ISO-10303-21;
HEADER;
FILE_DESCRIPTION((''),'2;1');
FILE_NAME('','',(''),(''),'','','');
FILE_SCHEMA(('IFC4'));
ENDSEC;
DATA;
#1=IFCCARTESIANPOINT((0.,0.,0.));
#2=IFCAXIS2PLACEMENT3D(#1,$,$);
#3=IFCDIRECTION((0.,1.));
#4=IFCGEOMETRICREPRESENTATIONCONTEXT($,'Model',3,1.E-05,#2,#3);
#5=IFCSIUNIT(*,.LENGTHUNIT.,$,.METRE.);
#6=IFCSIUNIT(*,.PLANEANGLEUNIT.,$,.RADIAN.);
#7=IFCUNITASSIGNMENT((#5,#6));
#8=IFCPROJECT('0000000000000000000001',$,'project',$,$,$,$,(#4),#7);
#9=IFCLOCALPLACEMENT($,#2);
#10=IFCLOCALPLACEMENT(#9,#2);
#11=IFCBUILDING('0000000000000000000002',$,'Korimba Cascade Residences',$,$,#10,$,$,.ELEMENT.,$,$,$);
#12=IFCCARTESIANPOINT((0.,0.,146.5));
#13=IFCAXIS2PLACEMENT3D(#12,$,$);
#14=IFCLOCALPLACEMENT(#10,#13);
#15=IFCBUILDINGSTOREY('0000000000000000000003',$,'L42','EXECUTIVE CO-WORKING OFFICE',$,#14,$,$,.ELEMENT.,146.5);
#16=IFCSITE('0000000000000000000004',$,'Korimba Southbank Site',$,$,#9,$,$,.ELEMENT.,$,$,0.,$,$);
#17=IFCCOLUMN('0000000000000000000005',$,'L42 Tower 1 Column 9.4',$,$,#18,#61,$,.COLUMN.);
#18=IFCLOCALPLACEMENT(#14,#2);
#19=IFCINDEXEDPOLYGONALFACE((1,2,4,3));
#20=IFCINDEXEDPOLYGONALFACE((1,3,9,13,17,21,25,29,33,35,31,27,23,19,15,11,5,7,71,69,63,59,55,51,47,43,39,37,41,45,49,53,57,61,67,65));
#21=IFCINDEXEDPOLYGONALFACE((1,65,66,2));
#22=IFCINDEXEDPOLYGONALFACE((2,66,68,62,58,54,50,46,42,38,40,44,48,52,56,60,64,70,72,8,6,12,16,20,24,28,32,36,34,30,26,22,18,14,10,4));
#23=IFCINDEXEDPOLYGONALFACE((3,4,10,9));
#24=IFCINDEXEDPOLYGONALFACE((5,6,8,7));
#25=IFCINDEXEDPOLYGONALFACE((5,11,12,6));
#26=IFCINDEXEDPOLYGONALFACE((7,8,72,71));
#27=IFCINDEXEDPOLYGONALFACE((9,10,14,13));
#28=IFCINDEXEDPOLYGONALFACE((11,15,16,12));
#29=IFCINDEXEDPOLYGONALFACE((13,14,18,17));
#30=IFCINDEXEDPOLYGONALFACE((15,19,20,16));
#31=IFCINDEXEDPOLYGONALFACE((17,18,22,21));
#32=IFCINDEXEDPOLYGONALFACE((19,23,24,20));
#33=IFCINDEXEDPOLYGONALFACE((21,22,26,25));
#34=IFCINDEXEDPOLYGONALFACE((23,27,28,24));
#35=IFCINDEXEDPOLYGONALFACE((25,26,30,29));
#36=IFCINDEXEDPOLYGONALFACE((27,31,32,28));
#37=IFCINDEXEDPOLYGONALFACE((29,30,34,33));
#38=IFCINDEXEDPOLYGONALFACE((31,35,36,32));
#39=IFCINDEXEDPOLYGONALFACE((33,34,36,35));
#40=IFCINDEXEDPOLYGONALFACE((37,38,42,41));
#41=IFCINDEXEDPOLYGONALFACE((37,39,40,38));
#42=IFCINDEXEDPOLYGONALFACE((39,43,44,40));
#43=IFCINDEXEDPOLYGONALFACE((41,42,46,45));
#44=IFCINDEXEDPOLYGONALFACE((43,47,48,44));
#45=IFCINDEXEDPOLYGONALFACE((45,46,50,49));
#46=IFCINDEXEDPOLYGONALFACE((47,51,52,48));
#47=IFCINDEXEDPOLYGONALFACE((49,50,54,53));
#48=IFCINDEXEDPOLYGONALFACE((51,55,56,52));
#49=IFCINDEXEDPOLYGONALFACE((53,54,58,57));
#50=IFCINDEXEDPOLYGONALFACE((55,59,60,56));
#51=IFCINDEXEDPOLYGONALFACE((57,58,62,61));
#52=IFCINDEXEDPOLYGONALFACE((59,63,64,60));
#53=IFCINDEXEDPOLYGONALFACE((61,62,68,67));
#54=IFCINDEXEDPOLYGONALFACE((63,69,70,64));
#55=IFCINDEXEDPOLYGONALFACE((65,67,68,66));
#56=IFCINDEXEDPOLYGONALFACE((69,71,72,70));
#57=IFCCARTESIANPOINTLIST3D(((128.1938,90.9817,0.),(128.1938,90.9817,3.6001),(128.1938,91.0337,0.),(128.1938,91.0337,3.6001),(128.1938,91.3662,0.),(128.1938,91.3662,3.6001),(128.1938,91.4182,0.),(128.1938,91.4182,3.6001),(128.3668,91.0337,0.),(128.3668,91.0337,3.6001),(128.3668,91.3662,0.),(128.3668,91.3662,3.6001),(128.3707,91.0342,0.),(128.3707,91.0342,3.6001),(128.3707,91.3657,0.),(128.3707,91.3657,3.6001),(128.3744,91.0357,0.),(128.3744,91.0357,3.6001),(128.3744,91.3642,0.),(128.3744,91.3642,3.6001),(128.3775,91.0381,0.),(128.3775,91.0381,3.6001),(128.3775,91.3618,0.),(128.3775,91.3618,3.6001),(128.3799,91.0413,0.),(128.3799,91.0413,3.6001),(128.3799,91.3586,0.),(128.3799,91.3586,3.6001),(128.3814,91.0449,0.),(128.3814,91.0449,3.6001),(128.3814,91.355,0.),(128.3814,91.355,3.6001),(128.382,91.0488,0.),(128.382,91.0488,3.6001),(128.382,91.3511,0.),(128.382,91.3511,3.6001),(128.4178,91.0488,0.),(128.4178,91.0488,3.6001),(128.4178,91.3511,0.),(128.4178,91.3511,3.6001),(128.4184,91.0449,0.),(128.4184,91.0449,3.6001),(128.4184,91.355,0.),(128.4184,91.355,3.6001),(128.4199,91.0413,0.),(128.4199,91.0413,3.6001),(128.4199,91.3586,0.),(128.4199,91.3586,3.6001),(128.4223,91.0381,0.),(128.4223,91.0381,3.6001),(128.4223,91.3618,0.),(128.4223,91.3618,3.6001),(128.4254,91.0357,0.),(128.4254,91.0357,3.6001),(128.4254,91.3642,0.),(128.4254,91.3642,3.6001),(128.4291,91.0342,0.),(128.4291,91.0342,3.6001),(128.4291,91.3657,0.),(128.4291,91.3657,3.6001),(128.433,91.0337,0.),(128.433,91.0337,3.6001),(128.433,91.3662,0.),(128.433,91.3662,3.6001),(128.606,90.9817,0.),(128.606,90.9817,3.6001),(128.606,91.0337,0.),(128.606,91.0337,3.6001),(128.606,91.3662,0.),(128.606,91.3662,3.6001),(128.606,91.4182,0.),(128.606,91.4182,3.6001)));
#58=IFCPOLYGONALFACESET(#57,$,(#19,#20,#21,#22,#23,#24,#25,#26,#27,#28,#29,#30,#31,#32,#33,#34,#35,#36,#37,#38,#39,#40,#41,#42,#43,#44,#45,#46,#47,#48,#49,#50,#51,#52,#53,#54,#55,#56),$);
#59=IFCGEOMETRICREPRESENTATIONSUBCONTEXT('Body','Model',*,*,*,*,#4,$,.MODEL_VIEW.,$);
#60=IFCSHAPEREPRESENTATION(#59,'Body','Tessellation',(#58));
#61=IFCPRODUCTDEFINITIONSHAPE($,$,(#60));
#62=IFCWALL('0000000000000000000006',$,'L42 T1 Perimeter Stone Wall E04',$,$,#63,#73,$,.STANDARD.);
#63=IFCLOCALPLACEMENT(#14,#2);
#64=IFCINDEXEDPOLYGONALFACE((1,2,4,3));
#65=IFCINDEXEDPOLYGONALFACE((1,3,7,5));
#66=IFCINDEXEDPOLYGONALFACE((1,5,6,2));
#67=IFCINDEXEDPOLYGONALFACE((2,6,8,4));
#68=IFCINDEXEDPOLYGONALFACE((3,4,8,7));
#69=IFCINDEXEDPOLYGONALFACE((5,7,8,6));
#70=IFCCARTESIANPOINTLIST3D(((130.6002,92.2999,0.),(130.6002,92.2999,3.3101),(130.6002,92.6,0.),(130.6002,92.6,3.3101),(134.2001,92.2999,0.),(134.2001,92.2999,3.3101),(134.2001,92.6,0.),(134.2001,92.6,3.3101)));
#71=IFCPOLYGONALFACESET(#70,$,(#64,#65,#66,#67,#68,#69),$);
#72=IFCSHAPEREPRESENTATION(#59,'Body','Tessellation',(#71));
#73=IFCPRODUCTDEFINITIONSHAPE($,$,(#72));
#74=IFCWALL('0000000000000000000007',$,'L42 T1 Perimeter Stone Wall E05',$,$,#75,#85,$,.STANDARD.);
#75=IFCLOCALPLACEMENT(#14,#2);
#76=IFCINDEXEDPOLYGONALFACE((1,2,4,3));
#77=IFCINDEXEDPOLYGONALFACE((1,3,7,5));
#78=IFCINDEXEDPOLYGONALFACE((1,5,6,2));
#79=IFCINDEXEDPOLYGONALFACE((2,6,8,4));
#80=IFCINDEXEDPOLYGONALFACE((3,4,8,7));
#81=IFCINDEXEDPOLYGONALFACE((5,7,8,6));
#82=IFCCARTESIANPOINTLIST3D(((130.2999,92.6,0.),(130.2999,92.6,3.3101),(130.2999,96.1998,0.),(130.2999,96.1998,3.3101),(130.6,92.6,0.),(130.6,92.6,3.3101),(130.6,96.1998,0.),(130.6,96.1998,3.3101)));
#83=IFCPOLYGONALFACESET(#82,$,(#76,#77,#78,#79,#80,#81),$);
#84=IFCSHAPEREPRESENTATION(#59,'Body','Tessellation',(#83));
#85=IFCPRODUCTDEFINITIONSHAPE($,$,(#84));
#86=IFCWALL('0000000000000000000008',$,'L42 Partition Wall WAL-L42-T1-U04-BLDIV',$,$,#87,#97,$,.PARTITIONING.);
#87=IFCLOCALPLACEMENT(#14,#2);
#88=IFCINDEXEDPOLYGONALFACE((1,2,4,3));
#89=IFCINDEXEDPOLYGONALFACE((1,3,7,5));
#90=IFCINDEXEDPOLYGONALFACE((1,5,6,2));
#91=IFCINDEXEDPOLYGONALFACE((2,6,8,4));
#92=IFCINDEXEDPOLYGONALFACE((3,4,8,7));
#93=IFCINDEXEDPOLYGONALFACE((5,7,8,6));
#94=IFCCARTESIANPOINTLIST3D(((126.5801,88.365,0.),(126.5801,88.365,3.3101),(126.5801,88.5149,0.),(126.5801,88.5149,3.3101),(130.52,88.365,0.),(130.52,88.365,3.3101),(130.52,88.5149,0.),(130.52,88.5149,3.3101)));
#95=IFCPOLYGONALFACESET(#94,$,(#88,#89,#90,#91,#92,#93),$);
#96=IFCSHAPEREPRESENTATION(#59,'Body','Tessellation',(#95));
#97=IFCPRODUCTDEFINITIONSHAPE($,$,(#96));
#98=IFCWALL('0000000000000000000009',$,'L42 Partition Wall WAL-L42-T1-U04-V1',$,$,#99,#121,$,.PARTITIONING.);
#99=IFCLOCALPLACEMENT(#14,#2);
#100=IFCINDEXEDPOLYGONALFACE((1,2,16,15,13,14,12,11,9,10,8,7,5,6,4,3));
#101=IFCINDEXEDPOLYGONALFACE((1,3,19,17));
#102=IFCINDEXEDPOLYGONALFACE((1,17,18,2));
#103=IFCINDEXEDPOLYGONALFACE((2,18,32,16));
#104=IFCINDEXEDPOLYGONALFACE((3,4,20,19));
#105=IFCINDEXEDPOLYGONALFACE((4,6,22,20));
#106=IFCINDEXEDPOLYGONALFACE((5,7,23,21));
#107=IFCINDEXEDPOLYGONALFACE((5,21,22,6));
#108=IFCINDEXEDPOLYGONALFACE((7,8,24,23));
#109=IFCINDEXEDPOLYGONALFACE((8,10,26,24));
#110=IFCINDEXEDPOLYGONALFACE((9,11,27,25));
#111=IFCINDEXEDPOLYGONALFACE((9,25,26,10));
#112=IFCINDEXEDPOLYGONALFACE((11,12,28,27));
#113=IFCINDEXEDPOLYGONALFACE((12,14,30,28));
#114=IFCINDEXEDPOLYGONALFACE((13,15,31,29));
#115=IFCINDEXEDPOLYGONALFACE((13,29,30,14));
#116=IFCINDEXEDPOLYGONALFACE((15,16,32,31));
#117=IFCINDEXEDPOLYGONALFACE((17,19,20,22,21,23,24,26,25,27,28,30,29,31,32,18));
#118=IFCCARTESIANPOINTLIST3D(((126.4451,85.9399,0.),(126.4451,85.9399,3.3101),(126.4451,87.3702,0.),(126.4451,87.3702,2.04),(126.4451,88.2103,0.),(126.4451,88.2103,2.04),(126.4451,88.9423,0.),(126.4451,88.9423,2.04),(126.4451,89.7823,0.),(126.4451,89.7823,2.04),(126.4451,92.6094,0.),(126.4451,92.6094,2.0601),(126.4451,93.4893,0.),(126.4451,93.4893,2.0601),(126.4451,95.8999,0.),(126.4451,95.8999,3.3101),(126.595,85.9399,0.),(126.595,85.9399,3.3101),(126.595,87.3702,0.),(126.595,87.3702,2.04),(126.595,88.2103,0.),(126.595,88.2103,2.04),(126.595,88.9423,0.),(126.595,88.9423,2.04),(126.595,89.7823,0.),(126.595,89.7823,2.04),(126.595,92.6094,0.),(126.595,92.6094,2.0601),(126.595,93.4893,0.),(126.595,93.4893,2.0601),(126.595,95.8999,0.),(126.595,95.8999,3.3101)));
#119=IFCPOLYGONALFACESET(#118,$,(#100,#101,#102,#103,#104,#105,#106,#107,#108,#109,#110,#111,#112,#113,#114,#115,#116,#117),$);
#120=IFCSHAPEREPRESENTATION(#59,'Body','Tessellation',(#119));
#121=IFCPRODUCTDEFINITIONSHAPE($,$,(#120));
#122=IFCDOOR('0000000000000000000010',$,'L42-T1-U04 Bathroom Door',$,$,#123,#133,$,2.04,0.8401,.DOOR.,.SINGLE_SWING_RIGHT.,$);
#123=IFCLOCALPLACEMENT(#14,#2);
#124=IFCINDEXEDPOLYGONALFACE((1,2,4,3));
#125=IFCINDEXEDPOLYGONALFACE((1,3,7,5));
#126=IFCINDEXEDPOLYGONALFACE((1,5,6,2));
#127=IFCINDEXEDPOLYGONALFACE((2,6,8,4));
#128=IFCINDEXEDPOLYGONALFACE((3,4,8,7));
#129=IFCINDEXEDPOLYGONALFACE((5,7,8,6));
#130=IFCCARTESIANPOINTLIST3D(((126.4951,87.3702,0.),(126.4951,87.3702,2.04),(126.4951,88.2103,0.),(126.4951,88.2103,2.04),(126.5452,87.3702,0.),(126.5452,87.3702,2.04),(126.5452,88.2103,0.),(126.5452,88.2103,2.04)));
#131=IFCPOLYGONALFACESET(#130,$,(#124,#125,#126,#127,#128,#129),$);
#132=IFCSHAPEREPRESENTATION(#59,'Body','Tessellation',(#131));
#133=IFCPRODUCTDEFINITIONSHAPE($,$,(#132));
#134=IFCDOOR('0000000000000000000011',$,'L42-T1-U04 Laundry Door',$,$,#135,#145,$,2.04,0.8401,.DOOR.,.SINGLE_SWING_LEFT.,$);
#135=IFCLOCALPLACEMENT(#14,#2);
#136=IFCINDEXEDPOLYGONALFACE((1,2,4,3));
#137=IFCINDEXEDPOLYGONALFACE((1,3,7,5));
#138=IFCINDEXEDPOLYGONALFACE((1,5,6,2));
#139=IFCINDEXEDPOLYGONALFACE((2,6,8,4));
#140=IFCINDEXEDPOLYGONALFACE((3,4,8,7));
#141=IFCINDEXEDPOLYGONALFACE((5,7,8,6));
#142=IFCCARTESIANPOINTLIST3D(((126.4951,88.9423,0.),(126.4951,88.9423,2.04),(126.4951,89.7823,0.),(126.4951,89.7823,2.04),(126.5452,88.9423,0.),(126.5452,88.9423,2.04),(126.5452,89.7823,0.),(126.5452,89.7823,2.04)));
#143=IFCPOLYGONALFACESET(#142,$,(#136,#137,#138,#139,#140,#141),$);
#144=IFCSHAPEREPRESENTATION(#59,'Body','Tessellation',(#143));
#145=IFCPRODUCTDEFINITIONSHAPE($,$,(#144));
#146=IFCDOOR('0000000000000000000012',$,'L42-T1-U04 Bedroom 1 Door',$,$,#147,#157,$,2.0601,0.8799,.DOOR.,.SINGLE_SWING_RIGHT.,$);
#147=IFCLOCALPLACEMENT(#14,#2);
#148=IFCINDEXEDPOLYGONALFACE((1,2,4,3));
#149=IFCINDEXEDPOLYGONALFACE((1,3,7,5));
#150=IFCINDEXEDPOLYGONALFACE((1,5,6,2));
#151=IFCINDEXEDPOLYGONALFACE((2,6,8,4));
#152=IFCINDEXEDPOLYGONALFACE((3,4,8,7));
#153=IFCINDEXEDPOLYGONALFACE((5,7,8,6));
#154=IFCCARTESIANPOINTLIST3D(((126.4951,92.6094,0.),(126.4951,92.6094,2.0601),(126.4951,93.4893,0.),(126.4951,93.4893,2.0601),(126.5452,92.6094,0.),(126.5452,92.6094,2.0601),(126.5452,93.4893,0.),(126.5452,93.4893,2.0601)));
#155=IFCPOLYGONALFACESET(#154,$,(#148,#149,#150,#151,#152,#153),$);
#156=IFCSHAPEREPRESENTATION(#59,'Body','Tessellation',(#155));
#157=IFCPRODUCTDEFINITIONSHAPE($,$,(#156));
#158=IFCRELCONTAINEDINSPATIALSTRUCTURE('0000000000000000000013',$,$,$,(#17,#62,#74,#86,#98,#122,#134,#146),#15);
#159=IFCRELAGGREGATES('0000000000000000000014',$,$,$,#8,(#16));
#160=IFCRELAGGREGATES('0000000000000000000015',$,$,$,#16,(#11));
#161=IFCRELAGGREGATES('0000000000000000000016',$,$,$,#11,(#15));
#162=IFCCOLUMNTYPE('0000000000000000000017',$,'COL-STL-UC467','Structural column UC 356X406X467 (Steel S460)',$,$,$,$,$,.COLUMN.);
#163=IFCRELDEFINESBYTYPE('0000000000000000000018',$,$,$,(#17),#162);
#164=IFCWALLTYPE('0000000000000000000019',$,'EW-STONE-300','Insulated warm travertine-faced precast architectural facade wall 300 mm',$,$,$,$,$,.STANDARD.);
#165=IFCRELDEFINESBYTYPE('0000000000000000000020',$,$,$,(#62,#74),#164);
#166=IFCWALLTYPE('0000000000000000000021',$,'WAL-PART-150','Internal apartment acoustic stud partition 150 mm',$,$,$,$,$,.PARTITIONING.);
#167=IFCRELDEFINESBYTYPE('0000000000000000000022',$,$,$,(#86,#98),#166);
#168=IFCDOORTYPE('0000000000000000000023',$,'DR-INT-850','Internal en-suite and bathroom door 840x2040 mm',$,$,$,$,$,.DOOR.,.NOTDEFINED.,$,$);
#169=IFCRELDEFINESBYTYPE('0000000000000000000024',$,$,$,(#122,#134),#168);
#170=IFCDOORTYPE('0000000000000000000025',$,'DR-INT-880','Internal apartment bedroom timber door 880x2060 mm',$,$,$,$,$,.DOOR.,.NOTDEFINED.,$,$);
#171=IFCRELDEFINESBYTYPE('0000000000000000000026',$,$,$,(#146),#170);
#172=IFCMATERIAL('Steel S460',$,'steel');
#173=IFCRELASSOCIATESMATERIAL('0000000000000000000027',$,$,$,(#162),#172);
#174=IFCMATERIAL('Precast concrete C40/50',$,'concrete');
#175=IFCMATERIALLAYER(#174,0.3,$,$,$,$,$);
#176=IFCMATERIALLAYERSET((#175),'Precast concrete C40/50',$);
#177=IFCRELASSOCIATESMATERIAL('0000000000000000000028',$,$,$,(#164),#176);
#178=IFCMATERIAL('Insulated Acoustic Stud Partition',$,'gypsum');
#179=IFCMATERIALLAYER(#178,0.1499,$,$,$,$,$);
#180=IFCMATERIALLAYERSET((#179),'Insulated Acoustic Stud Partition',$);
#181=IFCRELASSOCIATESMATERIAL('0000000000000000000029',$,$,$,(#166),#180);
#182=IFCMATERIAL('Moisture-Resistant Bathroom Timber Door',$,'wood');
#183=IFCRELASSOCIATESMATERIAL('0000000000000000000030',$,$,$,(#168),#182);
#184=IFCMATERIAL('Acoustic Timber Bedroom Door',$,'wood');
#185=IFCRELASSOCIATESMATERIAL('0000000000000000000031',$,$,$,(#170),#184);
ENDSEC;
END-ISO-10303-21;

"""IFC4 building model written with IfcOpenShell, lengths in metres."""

from ifc_helpers import new_model, si_unit, direction, frame, frame_2d, origin, origin_2d, place, context, subcontext, project, spatial, rectangle, i_section, extrude, material, layer, layer_set, material_profile, profile_set, type_object, element, fill, save


model = new_model("IFC4")

# Units and contexts
model_context = context("Model", 3, precision=1e-05, world=origin(), true_north=direction((0.0, 1.0)))
body_context = subcontext(model_context, "Body", "Model", "MODEL_VIEW")
ifc_project = project(units=[si_unit("LENGTHUNIT", "METRE"), si_unit("PLANEANGLEUNIT", "RADIAN")], contexts=[model_context])

# Site, building, storey
site_placement = place(None, origin())
site = spatial("IfcSite", under=ifc_project, at=site_placement, Name="Korimba Southbank Site", CompositionType="ELEMENT", RefElevation=0.0)
building_placement = place(site_placement, origin())
building = spatial("IfcBuilding", under=site, at=building_placement, Name="Korimba Cascade Residences", CompositionType="ELEMENT")
storey_placement = place(building_placement, frame((0.0, 0.0, 146.5)))
storey = spatial("IfcBuildingStorey", under=building, at=storey_placement, Name="L42", Description="EXECUTIVE CO-WORKING OFFICE", CompositionType="ELEMENT", Elevation=146.5)

# Column
ifc_material_1 = material(Name="Steel S460", Category="steel")
ifc_material_profile = material_profile(ifc_material_1, i_section(OverallWidth=0.4121, OverallDepth=0.4365, WebThickness=0.0359, FlangeThickness=0.052, FilletRadius=0.0151, at=origin_2d()), Name="Steel S460")
ifc_profile_set = profile_set([ifc_material_profile], Name="Steel S460")
column_type = type_object("IfcColumnType", Name="COL-STL-UC467", Description="Structural column UC 356X406X467 (Steel S460)", PredefinedType="COLUMN", material=ifc_profile_set)
column_placement = place(storey_placement, frame((128.3999, 91.2, 0.0), z_axis=(0.0, 0.0, 1.0), x_axis=(1.0, 0.0, 0.0)))
element("IfcColumn", 1, at=column_placement, inside=storey, type_object=column_type, Name="L42 Tower 1 Column 9.4", PredefinedType="COLUMN", context=body_context, shape_type="SweptSolid", body=[
    extrude(i_section(OverallWidth=0.4121, OverallDepth=0.4365, WebThickness=0.0359, FlangeThickness=0.052, FilletRadius=0.0151, at=origin_2d()), origin(), (0.0, 0.0, 1.0), 3.6001),
])

# Shared definitions
ifc_material_2 = material(Name="Precast concrete C40/50", Category="concrete")

# Walls
ifc_layer_1 = layer(ifc_material_2, 0.3)
ifc_layer_set_1 = layer_set([ifc_layer_1], Name="Precast concrete C40/50")
wall_type_1 = type_object("IfcWallType", Name="EW-STONE-300", Description="Insulated warm travertine-faced precast architectural facade wall 300 mm", PredefinedType="STANDARD", material=ifc_layer_set_1)
for number, where, z_axis, x_axis, name in (
    (2, (134.2, 92.45, 0.0), (0.0, 0.0, 1.0), (-1.0, 0.0, 0.0), "L42 T1 Perimeter Stone Wall E04"),
    (3, (130.45, 92.6001, 0.0), (0.0, 0.0, 1.0), (0.0, 1.0, 0.0), "L42 T1 Perimeter Stone Wall E05"),
):
    element("IfcWall", number, at=place(storey_placement, frame(where, z_axis=z_axis, x_axis=x_axis)), inside=storey, type_object=wall_type_1, Name=name, PredefinedType="STANDARD", context=body_context, shape_type="SweptSolid", body=[
        extrude(rectangle(XDim=3.5999, YDim=0.3, at=frame_2d((1.7998, 0.0))), origin(), (0.0, 0.0, 1.0), 3.3101),
    ])
ifc_material_3 = material(Name="Insulated Acoustic Stud Partition", Category="gypsum")
ifc_layer_2 = layer(ifc_material_3, 0.1499)
ifc_layer_set_2 = layer_set([ifc_layer_2], Name="Insulated Acoustic Stud Partition")
wall_type_2 = type_object("IfcWallType", Name="WAL-PART-150", Description="Internal apartment acoustic stud partition 150 mm", PredefinedType="PARTITIONING", material=ifc_layer_set_2)
wall_1_placement = place(storey_placement, frame((126.5801, 88.4399, 0.0), z_axis=(0.0, 0.0, 1.0), x_axis=(1.0, 0.0, 0.0)))
element("IfcWall", 4, at=wall_1_placement, inside=storey, type_object=wall_type_2, Name="L42 Partition Wall WAL-L42-T1-U04-BLDIV", PredefinedType="PARTITIONING", context=body_context, shape_type="SweptSolid", body=[
    extrude(rectangle(XDim=3.9399, YDim=0.1499, at=frame_2d((1.97, 0.0))), origin(), (0.0, 0.0, 1.0), 3.3101),
])

# Wall, openings, doors
wall_2_placement = place(storey_placement, frame((126.52, 85.9399, 0.0), z_axis=(0.0, 0.0, 1.0), x_axis=(0.0, 1.0, 0.0)))
wall_2 = element("IfcWall", 5, at=wall_2_placement, inside=storey, type_object=wall_type_2, Name="L42 Partition Wall WAL-L42-T1-U04-V1", PredefinedType="PARTITIONING", context=body_context, shape_type="SweptSolid", body=[
    extrude(rectangle(XDim=9.96, YDim=0.1499, at=frame_2d((4.98, 0.0))), origin(), (0.0, 0.0, 1.0), 3.3101),
])
opening_1_placement = place(wall_2_placement, frame((1.4304, 0.0, 0.0)))
opening_1 = element("IfcOpeningElement", 6, at=opening_1_placement, cuts=wall_2, PredefinedType="OPENING", context=body_context, shape_type="SweptSolid", body=[
    extrude(rectangle(XDim=0.8401, YDim=2.04, at=frame_2d((0.4199, 1.02))), frame((0.0, 0.085, 0.0), z_axis=(0.0, -1.0, 0.0), x_axis=(1.0, 0.0, 0.0)), (0.0, 0.0, 1.0), 0.1699),
])
opening_2_placement = place(wall_2_placement, frame((3.0024, 0.0, 0.0)))
opening_2 = element("IfcOpeningElement", 7, at=opening_2_placement, cuts=wall_2, PredefinedType="OPENING", context=body_context, shape_type="SweptSolid", body=[
    extrude(rectangle(XDim=0.8401, YDim=2.04, at=frame_2d((0.4199, 1.02))), frame((0.0, 0.085, 0.0), z_axis=(0.0, -1.0, 0.0), x_axis=(1.0, 0.0, 0.0)), (0.0, 0.0, 1.0), 0.1699),
])
opening_3_placement = place(wall_2_placement, frame((6.6694, 0.0, 0.0)))
opening_3 = element("IfcOpeningElement", 8, at=opening_3_placement, cuts=wall_2, PredefinedType="OPENING", context=body_context, shape_type="SweptSolid", body=[
    extrude(rectangle(XDim=0.8799, YDim=2.0601, at=frame_2d((0.4399, 1.03))), frame((0.0, 0.085, 0.0), z_axis=(0.0, -1.0, 0.0), x_axis=(1.0, 0.0, 0.0)), (0.0, 0.0, 1.0), 0.1699),
])
ifc_material_4 = material(Name="Moisture-Resistant Bathroom Timber Door", Category="wood")
door_type_1 = type_object("IfcDoorType", Name="DR-INT-850", Description="Internal en-suite and bathroom door 840x2040 mm", OperationType="NOTDEFINED", PredefinedType="DOOR", material=ifc_material_4)
door_1_placement = place(opening_1_placement, origin())
door_1 = element("IfcDoor", 9, at=door_1_placement, inside=storey, type_object=door_type_1, Name="L42-T1-U04 Bathroom Door", OperationType="SINGLE_SWING_RIGHT", OverallHeight=2.04, OverallWidth=0.8401, PredefinedType="DOOR", context=body_context, shape_type="SweptSolid", body=[
    extrude(rectangle(XDim=0.8401, YDim=2.04, at=frame_2d((0.4199, 1.02))), frame((0.0, 0.0249, 0.0), z_axis=(0.0, -1.0, 0.0), x_axis=(1.0, 0.0, 0.0)), (0.0, 0.0, 1.0), 0.05),
])
fill(opening_1, door_1)
door_2_placement = place(opening_2_placement, origin())
door_2 = element("IfcDoor", 10, at=door_2_placement, inside=storey, type_object=door_type_1, Name="L42-T1-U04 Laundry Door", OperationType="SINGLE_SWING_LEFT", OverallHeight=2.04, OverallWidth=0.8401, PredefinedType="DOOR", context=body_context, shape_type="SweptSolid", body=[
    extrude(rectangle(XDim=0.8401, YDim=2.04, at=frame_2d((0.4199, 1.02))), frame((0.0, 0.0249, 0.0), z_axis=(0.0, -1.0, 0.0), x_axis=(1.0, 0.0, 0.0)), (0.0, 0.0, 1.0), 0.05),
])
fill(opening_2, door_2)
ifc_material_5 = material(Name="Acoustic Timber Bedroom Door", Category="wood")
door_type_2 = type_object("IfcDoorType", Name="DR-INT-880", Description="Internal apartment bedroom timber door 880x2060 mm", OperationType="NOTDEFINED", PredefinedType="DOOR", material=ifc_material_5)
door_3_placement = place(opening_3_placement, origin())
door_3 = element("IfcDoor", 11, at=door_3_placement, inside=storey, type_object=door_type_2, Name="L42-T1-U04 Bedroom 1 Door", OperationType="SINGLE_SWING_RIGHT", OverallHeight=2.0601, OverallWidth=0.8799, PredefinedType="DOOR", context=body_context, shape_type="SweptSolid", body=[
    extrude(rectangle(XDim=0.8799, YDim=2.0601, at=frame_2d((0.4399, 1.03))), frame((0.0, 0.0249, 0.0), z_axis=(0.0, -1.0, 0.0), x_axis=(1.0, 0.0, 0.0)), (0.0, 0.0, 1.0), 0.05),
])
fill(opening_3, door_3)

save(model, "model.ifc")
